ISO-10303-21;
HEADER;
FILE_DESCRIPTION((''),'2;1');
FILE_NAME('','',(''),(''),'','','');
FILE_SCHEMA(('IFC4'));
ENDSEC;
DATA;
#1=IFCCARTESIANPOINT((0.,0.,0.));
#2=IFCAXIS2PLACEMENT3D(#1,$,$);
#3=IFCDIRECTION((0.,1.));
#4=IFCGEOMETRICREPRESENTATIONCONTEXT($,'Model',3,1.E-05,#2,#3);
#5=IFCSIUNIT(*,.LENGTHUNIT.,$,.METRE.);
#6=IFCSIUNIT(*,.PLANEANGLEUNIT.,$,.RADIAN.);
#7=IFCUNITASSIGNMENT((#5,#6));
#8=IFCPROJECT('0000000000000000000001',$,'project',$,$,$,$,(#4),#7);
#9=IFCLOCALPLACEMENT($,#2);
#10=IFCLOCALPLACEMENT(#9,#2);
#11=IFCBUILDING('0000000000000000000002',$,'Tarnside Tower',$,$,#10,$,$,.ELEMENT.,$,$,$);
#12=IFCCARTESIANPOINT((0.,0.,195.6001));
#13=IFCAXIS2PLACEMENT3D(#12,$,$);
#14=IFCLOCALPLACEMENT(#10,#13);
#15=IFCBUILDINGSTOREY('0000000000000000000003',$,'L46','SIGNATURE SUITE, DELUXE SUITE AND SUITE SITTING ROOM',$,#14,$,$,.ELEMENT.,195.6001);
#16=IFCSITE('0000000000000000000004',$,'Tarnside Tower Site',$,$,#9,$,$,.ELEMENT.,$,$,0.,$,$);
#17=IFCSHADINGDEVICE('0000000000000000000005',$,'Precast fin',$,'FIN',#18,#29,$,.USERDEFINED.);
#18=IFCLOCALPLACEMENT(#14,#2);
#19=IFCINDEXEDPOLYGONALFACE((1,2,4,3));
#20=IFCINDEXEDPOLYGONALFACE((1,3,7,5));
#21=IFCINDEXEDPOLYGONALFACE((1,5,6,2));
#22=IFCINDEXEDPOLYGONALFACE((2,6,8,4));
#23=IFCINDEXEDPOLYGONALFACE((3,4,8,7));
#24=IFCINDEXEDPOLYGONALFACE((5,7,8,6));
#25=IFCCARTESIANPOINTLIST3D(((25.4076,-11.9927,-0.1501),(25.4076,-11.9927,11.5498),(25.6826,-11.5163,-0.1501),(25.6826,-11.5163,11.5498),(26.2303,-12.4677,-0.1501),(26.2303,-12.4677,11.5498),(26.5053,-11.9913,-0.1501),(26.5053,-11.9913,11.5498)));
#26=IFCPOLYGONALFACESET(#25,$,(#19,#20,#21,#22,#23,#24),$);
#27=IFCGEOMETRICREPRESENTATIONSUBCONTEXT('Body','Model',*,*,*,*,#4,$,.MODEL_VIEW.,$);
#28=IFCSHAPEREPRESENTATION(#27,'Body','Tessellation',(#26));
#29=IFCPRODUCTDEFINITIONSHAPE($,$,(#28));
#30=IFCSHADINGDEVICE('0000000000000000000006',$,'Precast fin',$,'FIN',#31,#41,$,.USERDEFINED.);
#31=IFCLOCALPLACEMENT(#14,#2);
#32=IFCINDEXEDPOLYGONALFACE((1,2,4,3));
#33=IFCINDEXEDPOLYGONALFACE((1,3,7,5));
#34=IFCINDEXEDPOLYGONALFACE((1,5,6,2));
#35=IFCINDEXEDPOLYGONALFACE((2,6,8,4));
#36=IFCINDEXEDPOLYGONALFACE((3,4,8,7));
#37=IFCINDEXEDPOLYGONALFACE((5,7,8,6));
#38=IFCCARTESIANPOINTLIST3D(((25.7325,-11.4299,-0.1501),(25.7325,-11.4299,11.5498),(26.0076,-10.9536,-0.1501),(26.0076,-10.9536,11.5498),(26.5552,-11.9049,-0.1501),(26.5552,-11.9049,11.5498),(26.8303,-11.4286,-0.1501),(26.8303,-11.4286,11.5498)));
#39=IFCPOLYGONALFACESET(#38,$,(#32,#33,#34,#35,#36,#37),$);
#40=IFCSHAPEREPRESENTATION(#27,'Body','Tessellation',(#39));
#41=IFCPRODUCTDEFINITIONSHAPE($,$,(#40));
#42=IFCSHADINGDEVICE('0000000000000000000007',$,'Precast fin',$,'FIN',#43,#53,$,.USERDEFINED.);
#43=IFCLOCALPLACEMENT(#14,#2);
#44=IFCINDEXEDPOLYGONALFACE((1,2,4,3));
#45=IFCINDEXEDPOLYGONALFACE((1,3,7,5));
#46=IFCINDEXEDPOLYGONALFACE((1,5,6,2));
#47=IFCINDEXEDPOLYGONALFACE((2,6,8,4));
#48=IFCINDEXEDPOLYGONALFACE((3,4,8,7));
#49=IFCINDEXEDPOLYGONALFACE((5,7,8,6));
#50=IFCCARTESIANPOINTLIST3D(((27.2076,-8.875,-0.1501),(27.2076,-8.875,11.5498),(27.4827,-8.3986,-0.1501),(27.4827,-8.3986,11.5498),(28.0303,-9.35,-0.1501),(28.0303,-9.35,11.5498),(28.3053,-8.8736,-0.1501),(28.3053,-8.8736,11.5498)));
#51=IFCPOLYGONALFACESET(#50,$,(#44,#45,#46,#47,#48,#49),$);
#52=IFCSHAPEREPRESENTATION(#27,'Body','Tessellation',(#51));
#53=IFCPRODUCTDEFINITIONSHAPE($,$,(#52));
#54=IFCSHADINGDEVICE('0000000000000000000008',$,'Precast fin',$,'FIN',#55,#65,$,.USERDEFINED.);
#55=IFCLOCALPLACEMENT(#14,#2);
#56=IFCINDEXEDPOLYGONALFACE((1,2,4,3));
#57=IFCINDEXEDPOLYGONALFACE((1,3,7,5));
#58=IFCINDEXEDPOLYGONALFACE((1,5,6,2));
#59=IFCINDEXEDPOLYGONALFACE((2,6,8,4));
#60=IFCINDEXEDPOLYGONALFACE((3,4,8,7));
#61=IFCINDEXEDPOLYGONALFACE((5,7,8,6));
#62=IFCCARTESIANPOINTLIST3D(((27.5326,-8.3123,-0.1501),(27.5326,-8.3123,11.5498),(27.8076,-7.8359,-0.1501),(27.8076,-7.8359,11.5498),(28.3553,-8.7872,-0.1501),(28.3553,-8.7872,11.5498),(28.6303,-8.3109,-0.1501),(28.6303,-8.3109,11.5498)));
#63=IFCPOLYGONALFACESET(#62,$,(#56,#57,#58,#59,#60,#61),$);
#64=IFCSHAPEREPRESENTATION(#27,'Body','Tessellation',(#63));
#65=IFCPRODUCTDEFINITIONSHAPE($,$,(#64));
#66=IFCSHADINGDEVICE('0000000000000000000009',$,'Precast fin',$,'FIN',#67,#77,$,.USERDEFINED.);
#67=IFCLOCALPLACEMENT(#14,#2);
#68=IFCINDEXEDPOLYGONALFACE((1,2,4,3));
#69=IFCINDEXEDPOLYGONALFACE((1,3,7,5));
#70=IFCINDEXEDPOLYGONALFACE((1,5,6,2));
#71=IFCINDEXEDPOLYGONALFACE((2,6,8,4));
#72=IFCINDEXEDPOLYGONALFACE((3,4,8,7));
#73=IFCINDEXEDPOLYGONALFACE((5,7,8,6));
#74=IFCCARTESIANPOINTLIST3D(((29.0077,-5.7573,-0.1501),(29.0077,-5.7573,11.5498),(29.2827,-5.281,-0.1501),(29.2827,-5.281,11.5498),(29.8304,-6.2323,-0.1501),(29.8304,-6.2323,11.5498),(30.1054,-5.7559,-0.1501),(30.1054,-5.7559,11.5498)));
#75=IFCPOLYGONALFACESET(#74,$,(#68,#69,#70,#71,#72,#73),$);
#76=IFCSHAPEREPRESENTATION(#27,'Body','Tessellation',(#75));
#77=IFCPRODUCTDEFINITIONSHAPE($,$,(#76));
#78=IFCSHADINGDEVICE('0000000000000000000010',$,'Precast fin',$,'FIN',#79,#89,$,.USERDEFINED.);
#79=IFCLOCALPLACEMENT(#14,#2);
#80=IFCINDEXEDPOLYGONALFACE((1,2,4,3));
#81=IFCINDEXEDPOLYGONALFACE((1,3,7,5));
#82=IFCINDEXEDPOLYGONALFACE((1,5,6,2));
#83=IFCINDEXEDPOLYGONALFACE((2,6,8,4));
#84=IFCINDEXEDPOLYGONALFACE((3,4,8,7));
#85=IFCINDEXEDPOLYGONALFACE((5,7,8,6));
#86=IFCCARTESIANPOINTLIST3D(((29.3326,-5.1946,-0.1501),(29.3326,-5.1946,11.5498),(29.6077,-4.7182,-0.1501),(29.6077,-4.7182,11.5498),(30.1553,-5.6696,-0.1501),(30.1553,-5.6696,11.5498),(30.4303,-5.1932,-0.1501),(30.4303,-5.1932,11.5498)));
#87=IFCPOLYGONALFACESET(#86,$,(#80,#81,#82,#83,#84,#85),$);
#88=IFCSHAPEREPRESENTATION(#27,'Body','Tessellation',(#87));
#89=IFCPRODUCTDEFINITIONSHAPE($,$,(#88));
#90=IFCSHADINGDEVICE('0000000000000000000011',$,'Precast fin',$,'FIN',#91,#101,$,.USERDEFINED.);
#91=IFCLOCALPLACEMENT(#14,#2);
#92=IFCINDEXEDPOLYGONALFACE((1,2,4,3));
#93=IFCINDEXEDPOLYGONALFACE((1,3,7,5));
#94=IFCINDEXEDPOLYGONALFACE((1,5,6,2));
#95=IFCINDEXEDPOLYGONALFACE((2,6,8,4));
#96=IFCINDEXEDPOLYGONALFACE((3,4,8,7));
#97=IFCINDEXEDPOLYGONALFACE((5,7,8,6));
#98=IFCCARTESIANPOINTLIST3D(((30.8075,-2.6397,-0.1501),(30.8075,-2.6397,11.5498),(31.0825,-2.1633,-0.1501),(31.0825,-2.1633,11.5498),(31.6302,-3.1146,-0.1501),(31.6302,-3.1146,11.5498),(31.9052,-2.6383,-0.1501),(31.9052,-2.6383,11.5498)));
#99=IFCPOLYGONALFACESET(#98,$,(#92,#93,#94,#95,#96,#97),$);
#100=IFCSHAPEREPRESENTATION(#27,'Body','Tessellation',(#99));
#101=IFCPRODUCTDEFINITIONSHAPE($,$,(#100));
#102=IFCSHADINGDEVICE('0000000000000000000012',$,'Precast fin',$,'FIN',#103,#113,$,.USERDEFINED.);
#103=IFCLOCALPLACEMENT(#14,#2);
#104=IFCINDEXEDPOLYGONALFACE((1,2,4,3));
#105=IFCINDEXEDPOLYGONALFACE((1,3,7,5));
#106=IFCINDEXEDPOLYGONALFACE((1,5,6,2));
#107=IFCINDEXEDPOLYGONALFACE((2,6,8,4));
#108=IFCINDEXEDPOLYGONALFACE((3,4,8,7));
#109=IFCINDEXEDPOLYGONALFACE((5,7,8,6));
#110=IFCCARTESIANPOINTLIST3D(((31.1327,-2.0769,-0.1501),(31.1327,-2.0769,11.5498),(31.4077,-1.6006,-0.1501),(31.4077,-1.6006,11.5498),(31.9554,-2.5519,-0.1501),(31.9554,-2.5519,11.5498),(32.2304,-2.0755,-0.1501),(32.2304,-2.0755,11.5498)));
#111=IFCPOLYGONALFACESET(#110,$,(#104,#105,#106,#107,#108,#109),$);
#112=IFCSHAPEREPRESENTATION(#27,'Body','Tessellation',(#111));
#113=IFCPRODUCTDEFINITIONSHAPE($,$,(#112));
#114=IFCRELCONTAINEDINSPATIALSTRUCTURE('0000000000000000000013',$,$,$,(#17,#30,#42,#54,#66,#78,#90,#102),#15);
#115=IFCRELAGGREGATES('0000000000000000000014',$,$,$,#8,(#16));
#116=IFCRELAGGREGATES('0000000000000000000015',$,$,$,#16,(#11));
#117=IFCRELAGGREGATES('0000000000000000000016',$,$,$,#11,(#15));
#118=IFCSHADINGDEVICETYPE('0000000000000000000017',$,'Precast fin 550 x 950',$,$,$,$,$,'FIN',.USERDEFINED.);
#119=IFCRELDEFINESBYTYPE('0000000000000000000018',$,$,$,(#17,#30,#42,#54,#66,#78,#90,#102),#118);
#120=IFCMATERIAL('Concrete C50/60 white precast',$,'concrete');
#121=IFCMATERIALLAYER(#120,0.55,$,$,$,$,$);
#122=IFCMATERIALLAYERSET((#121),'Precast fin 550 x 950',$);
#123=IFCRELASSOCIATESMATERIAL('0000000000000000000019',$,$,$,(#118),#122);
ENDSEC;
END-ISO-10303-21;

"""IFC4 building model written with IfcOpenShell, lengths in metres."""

from ifc_helpers import new_model, si_unit, direction, frame, origin, place, context, subcontext, project, spatial, polyline, outline, extrude, material, layer, layer_set, type_object, element, save


model = new_model("IFC4")

# Units and contexts
model_context = context("Model", 3, precision=1e-05, world=origin(), true_north=direction((0.0, 1.0)))
body_context = subcontext(model_context, "Body", "Model", "MODEL_VIEW")
ifc_project = project(units=[si_unit("LENGTHUNIT", "METRE"), si_unit("PLANEANGLEUNIT", "RADIAN")], contexts=[model_context])

# Site, building, storey
site_placement = place(None, origin())
site = spatial("IfcSite", under=ifc_project, at=site_placement, Name="Tarnside Tower Site", CompositionType="ELEMENT", RefElevation=0.0)
building_placement = place(site_placement, origin())
building = spatial("IfcBuilding", under=site, at=building_placement, Name="Tarnside Tower", CompositionType="ELEMENT")
storey_placement = place(building_placement, frame((0.0, 0.0, 195.6001)))
storey = spatial("IfcBuildingStorey", under=building, at=storey_placement, Name="L46", Description="SIGNATURE SUITE, DELUXE SUITE AND SUITE SITTING ROOM", CompositionType="ELEMENT", Elevation=195.6001)

# Shading devices
ifc_material_1 = material(Name="Concrete C50/60 white precast", Category="concrete")
ifc_layer_1 = layer(ifc_material_1, 0.55)
ifc_layer_set_1 = layer_set([ifc_layer_1], Name="Precast fin 550 x 950")
shading_device_type_1 = type_object("IfcShadingDeviceType", Name="Precast fin 550 x 950", ElementType="FIN", PredefinedType="USERDEFINED", material=ifc_layer_set_1)
for number, where, z_axis, x_axis, name in (
    (1, (25.5452, -11.7544, -0.1501), (-0.5, -0.866025, 0.0), (0.866025, -0.5, 0.0), "Precast fin"),
    (2, (25.8701, -11.1917, -0.1501), (-0.5, -0.866025, 0.0), (0.866025, -0.5, 0.0), "Precast fin"),
    (3, (27.3452, -8.6367, -0.1501), (-0.5, -0.866025, 0.0), (0.866025, -0.5, 0.0), "Precast fin"),
    (4, (27.6702, -8.074, -0.1501), (-0.5, -0.866025, 0.0), (0.866025, -0.5, 0.0), "Precast fin"),
    (5, (29.1453, -5.519, -0.1501), (-0.5, -0.866025, 0.0), (0.866025, -0.5, 0.0), "Precast fin"),
    (6, (29.4702, -4.9563, -0.1501), (-0.5, -0.866025, 0.0), (0.866025, -0.5, 0.0), "Precast fin"),
    (7, (30.9451, -2.4014, -0.1501), (-0.5, -0.866025, 0.0), (0.866025, -0.5, 0.0), "Precast fin"),
    (8, (31.2703, -1.8386, -0.1501), (-0.5, -0.866025, 0.0), (0.866025, -0.5, 0.0), "Precast fin"),
):
    element("IfcShadingDevice", number, at=place(storey_placement, frame(where, z_axis=z_axis, x_axis=x_axis)), inside=storey, type_object=shading_device_type_1, Name=name, ObjectType="FIN", PredefinedType="USERDEFINED", context=body_context, shape_type="SweptSolid", body=[
        extrude(outline(polyline([(0.0, 0.0), (0.95, 0.0), (0.95, 11.7), (0.0, 11.7), (0.0, 0.0)])), frame((0.0, 0.0, -0.2749)), (0.0, 0.0, 1.0), 0.55),
    ])

save(model, "model.ifc")
